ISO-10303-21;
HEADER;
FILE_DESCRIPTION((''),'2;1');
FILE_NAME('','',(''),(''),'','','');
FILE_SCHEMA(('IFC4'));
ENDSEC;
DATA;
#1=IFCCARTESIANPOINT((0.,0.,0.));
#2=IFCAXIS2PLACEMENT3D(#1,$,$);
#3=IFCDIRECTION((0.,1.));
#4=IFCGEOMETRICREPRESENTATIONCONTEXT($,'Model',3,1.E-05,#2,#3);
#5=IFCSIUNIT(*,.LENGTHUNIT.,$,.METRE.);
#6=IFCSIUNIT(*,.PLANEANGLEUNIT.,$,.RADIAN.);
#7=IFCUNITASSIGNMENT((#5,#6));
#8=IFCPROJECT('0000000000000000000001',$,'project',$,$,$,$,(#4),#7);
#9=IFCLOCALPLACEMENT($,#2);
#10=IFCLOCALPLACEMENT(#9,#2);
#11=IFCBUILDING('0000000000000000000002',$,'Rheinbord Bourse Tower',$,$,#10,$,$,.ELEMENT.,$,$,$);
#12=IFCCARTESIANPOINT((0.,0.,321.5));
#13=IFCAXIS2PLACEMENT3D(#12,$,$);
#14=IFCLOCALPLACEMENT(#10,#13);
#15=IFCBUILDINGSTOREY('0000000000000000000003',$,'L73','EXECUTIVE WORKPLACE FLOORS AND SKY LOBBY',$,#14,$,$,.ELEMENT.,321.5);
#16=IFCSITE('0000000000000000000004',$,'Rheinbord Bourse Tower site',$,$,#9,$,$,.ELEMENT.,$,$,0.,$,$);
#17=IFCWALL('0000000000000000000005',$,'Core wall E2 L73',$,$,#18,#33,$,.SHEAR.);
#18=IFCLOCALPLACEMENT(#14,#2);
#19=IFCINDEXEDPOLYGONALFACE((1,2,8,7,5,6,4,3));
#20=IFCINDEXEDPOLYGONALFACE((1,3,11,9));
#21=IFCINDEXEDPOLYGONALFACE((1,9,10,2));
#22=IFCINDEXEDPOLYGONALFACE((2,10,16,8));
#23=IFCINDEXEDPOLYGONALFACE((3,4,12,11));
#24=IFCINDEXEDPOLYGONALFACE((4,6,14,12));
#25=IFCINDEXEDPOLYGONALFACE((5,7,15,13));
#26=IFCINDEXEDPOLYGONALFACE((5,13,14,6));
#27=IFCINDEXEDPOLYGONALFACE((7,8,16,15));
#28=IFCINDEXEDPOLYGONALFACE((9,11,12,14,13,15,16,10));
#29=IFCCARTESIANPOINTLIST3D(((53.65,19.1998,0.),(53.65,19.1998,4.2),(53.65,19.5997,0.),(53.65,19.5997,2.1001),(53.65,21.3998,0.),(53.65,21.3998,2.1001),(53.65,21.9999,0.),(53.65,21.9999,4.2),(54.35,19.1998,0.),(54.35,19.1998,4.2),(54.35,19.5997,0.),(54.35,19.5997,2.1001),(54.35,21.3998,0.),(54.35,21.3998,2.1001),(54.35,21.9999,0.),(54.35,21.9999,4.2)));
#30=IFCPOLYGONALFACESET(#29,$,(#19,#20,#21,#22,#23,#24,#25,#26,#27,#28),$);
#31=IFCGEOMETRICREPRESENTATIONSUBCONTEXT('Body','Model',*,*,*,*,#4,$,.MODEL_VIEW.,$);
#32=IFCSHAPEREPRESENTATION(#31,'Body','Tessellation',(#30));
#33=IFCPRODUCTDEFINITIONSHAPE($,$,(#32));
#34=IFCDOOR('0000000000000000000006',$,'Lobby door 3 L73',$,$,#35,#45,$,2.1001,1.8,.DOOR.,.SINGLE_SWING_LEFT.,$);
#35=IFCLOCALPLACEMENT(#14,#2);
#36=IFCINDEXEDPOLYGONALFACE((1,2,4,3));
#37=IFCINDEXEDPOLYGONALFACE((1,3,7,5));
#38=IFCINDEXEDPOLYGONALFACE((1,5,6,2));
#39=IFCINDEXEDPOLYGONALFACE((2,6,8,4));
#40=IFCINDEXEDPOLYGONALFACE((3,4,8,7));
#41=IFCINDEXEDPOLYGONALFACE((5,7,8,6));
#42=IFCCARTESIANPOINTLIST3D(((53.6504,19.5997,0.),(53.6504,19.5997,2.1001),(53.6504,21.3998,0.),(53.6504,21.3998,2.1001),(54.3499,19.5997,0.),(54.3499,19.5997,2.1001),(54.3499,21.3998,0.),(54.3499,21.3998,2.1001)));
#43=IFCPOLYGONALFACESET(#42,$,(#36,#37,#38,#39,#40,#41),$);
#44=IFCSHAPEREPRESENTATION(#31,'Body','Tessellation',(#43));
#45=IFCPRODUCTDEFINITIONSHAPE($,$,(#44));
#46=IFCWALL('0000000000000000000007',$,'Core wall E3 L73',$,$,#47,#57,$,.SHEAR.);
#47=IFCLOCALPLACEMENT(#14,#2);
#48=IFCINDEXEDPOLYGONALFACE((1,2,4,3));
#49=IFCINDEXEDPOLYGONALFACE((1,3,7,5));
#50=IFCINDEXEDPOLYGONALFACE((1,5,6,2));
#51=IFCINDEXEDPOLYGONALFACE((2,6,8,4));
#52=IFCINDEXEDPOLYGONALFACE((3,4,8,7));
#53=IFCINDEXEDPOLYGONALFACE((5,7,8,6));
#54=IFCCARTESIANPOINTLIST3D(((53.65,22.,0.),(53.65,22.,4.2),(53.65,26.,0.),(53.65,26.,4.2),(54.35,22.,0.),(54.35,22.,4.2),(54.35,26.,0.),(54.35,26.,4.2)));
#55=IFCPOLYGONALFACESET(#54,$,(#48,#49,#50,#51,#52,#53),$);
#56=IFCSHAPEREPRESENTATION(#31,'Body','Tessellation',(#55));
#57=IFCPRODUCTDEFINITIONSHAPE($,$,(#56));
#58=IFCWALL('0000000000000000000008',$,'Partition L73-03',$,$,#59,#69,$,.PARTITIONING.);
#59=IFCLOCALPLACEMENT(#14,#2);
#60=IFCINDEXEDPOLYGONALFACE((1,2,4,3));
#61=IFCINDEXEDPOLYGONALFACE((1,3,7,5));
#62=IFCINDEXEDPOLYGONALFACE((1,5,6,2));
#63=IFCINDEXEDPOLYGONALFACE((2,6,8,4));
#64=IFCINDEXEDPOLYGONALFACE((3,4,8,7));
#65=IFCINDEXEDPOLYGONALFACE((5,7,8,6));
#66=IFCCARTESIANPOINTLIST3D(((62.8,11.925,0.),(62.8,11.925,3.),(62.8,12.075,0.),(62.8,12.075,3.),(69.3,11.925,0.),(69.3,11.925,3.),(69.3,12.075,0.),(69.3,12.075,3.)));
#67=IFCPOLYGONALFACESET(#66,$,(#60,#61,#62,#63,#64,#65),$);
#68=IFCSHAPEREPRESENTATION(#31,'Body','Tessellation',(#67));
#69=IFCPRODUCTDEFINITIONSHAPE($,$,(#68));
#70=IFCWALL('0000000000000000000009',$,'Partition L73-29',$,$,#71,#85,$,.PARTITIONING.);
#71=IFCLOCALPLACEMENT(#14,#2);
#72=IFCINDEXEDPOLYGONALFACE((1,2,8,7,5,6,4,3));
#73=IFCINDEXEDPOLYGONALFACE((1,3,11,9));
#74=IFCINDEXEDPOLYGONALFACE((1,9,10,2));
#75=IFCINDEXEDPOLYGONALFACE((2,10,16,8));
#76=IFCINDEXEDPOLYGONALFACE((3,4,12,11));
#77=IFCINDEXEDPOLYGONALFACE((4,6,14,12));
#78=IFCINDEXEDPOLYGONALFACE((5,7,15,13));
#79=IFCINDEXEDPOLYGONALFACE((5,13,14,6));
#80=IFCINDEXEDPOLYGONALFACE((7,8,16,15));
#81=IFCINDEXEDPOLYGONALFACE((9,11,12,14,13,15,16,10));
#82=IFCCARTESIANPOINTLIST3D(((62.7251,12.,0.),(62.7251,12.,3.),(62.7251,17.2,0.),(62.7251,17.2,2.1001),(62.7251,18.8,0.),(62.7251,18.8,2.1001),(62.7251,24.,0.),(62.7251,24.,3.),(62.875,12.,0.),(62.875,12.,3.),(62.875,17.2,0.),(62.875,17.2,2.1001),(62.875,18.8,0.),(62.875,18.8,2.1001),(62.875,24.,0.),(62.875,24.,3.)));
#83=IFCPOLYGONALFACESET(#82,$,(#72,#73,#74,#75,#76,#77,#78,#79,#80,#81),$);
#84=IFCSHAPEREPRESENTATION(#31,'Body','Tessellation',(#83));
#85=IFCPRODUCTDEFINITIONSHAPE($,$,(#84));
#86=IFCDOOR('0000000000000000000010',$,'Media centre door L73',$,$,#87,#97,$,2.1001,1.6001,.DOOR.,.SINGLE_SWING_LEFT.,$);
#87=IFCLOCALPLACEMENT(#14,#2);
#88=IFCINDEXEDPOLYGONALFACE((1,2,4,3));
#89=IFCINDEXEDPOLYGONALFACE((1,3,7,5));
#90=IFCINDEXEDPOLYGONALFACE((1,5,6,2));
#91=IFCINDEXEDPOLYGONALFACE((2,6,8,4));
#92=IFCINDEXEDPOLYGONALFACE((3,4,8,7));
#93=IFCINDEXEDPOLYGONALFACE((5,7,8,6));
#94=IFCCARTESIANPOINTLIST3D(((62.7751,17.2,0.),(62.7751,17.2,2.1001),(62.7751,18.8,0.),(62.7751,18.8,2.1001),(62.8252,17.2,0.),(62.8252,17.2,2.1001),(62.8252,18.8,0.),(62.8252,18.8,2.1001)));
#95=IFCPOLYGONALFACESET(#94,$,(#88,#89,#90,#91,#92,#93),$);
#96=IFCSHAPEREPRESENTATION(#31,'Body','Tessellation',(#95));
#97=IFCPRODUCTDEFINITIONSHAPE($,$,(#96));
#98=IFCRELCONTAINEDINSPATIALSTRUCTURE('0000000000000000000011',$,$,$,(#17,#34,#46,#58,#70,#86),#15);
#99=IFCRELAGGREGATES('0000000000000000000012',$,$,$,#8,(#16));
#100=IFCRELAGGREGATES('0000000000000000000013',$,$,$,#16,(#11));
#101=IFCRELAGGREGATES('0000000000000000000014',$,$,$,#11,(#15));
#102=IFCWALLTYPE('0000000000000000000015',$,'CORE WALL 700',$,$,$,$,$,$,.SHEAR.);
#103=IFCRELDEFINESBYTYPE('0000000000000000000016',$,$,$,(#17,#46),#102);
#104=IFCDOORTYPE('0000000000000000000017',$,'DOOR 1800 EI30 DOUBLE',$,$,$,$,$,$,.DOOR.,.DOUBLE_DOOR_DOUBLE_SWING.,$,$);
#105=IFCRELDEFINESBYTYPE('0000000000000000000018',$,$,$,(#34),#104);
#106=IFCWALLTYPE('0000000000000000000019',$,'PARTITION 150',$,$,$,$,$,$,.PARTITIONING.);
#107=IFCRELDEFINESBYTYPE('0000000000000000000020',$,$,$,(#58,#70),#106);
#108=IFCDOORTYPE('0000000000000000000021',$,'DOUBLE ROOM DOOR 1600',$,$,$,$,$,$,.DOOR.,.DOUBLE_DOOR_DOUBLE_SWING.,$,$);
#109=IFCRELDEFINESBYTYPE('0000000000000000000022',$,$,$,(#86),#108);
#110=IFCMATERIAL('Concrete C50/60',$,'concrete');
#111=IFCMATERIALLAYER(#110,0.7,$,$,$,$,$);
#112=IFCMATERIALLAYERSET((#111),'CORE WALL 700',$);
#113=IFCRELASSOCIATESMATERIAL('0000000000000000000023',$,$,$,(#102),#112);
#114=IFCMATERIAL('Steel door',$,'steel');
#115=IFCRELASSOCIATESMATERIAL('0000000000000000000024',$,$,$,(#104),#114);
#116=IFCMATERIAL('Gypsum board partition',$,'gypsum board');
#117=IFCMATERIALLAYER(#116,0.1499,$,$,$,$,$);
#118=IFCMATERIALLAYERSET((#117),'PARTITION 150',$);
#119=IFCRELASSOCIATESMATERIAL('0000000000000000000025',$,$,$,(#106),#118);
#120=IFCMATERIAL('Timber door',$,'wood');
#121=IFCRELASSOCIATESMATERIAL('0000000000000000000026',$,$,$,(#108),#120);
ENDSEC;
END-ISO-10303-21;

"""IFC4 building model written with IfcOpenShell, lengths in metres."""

from ifc_helpers import new_model, si_unit, direction, frame, frame_2d, origin, place, context, subcontext, project, spatial, rectangle, extrude, material, layer, layer_set, type_object, element, fill, save


model = new_model("IFC4")

# Units and contexts
model_context = context("Model", 3, precision=1e-05, world=origin(), true_north=direction((0.0, 1.0)))
body_context = subcontext(model_context, "Body", "Model", "MODEL_VIEW")
ifc_project = project(units=[si_unit("LENGTHUNIT", "METRE"), si_unit("PLANEANGLEUNIT", "RADIAN")], contexts=[model_context])

# Site, building, storey
site_placement = place(None, origin())
site = spatial("IfcSite", under=ifc_project, at=site_placement, Name="Rheinbord Bourse Tower site", CompositionType="ELEMENT", RefElevation=0.0)
building_placement = place(site_placement, origin())
building = spatial("IfcBuilding", under=site, at=building_placement, Name="Rheinbord Bourse Tower", CompositionType="ELEMENT")
storey_placement = place(building_placement, frame((0.0, 0.0, 321.5)))
storey = spatial("IfcBuildingStorey", under=building, at=storey_placement, Name="L73", Description="EXECUTIVE WORKPLACE FLOORS AND SKY LOBBY", CompositionType="ELEMENT", Elevation=321.5)

# Shared definitions
ifc_material_1 = material(Name="Concrete C50/60", Category="concrete")
ifc_layer_1 = layer(ifc_material_1, 0.7)
ifc_layer_set_1 = layer_set([ifc_layer_1], Name="CORE WALL 700")
wall_type_1 = type_object("IfcWallType", Name="CORE WALL 700", PredefinedType="SHEAR", material=ifc_layer_set_1)

# Wall, opening, door
wall_1_placement = place(storey_placement, frame((54.0, 19.2, 0.0), z_axis=(0.0, 0.0, 1.0), x_axis=(0.0, 1.0, 0.0)))
wall_1 = element("IfcWall", 1, at=wall_1_placement, inside=storey, type_object=wall_type_1, Name="Core wall E2 L73", PredefinedType="SHEAR", context=body_context, shape_type="SweptSolid", body=[
    extrude(rectangle(XDim=2.8, YDim=0.7, at=frame_2d((1.3999, 0.0))), origin(), (0.0, 0.0, 1.0), 4.2),
])
opening_1_placement = place(wall_1_placement, frame((0.3999, 0.0, 0.0)))
opening_1 = element("IfcOpeningElement", 2, at=opening_1_placement, cuts=wall_1, PredefinedType="OPENING", context=body_context, shape_type="SweptSolid", body=[
    extrude(rectangle(XDim=1.8, YDim=2.1001, at=frame_2d((0.8999, 1.05))), frame((0.0, 0.3599, 0.0), z_axis=(0.0, -1.0, 0.0), x_axis=(1.0, 0.0, 0.0)), (0.0, 0.0, 1.0), 0.72),
])
ifc_material_2 = material(Name="Steel door", Category="steel")
door_type_1 = type_object("IfcDoorType", Name="DOOR 1800 EI30 DOUBLE", OperationType="DOUBLE_DOOR_DOUBLE_SWING", PredefinedType="DOOR", material=ifc_material_2)
door_1_placement = place(opening_1_placement, origin())
door_1 = element("IfcDoor", 3, at=door_1_placement, inside=storey, type_object=door_type_1, Name="Lobby door 3 L73", OperationType="SINGLE_SWING_LEFT", OverallHeight=2.1001, OverallWidth=1.8, PredefinedType="DOOR", context=body_context, shape_type="SweptSolid", body=[
    extrude(rectangle(XDim=1.8, YDim=2.1001, at=frame_2d((0.8999, 1.05))), frame((0.0, 0.3496, 0.0), z_axis=(0.0, -1.0, 0.0), x_axis=(1.0, 0.0, 0.0)), (0.0, 0.0, 1.0), 0.6995),
])
fill(opening_1, door_1)

# Walls
wall_2_placement = place(storey_placement, frame((54.0, 22.0, 0.0), z_axis=(0.0, 0.0, 1.0), x_axis=(0.0, 1.0, 0.0)))
element("IfcWall", 4, at=wall_2_placement, inside=storey, type_object=wall_type_1, Name="Core wall E3 L73", PredefinedType="SHEAR", context=body_context, shape_type="SweptSolid", body=[
    extrude(rectangle(XDim=4.0, YDim=0.7, at=frame_2d((2.0, 0.0))), origin(), (0.0, 0.0, 1.0), 4.2),
])
ifc_material_3 = material(Name="Gypsum board partition", Category="gypsum board")
ifc_layer_2 = layer(ifc_material_3, 0.1499)
ifc_layer_set_2 = layer_set([ifc_layer_2], Name="PARTITION 150")
wall_type_2 = type_object("IfcWallType", Name="PARTITION 150", PredefinedType="PARTITIONING", material=ifc_layer_set_2)
wall_3_placement = place(storey_placement, frame((62.8, 12.0, 0.0), z_axis=(0.0, 0.0, 1.0), x_axis=(1.0, 0.0, 0.0)))
element("IfcWall", 5, at=wall_3_placement, inside=storey, type_object=wall_type_2, Name="Partition L73-03", PredefinedType="PARTITIONING", context=body_context, shape_type="SweptSolid", body=[
    extrude(rectangle(XDim=6.5, YDim=0.1499, at=frame_2d((3.25, 0.0))), origin(), (0.0, 0.0, 1.0), 3.0),
])

# Wall, opening, door
wall_4_placement = place(storey_placement, frame((62.8, 12.0, 0.0), z_axis=(0.0, 0.0, 1.0), x_axis=(0.0, 1.0, 0.0)))
wall_4 = element("IfcWall", 6, at=wall_4_placement, inside=storey, type_object=wall_type_2, Name="Partition L73-29", PredefinedType="PARTITIONING", context=body_context, shape_type="SweptSolid", body=[
    extrude(rectangle(XDim=12.0, YDim=0.1499, at=frame_2d((6.0, 0.0))), origin(), (0.0, 0.0, 1.0), 3.0),
])
opening_2_placement = place(wall_4_placement, frame((5.2, 0.0, 0.0)))
opening_2 = element("IfcOpeningElement", 7, at=opening_2_placement, cuts=wall_4, PredefinedType="OPENING", context=body_context, shape_type="SweptSolid", body=[
    extrude(rectangle(XDim=1.6001, YDim=2.1001, at=frame_2d((0.8, 1.05))), frame((0.0, 0.085, 0.0), z_axis=(0.0, -1.0, 0.0), x_axis=(1.0, 0.0, 0.0)), (0.0, 0.0, 1.0), 0.1699),
])
ifc_material_4 = material(Name="Timber door", Category="wood")
door_type_2 = type_object("IfcDoorType", Name="DOUBLE ROOM DOOR 1600", OperationType="DOUBLE_DOOR_DOUBLE_SWING", PredefinedType="DOOR", material=ifc_material_4)
door_2_placement = place(opening_2_placement, origin())
door_2 = element("IfcDoor", 8, at=door_2_placement, inside=storey, type_object=door_type_2, Name="Media centre door L73", OperationType="SINGLE_SWING_LEFT", OverallHeight=2.1001, OverallWidth=1.6001, PredefinedType="DOOR", context=body_context, shape_type="SweptSolid", body=[
    extrude(rectangle(XDim=1.6001, YDim=2.1001, at=frame_2d((0.8, 1.05))), frame((0.0, 0.0249, 0.0), z_axis=(0.0, -1.0, 0.0), x_axis=(1.0, 0.0, 0.0)), (0.0, 0.0, 1.0), 0.05),
])
fill(opening_2, door_2)

save(model, "model.ifc")
